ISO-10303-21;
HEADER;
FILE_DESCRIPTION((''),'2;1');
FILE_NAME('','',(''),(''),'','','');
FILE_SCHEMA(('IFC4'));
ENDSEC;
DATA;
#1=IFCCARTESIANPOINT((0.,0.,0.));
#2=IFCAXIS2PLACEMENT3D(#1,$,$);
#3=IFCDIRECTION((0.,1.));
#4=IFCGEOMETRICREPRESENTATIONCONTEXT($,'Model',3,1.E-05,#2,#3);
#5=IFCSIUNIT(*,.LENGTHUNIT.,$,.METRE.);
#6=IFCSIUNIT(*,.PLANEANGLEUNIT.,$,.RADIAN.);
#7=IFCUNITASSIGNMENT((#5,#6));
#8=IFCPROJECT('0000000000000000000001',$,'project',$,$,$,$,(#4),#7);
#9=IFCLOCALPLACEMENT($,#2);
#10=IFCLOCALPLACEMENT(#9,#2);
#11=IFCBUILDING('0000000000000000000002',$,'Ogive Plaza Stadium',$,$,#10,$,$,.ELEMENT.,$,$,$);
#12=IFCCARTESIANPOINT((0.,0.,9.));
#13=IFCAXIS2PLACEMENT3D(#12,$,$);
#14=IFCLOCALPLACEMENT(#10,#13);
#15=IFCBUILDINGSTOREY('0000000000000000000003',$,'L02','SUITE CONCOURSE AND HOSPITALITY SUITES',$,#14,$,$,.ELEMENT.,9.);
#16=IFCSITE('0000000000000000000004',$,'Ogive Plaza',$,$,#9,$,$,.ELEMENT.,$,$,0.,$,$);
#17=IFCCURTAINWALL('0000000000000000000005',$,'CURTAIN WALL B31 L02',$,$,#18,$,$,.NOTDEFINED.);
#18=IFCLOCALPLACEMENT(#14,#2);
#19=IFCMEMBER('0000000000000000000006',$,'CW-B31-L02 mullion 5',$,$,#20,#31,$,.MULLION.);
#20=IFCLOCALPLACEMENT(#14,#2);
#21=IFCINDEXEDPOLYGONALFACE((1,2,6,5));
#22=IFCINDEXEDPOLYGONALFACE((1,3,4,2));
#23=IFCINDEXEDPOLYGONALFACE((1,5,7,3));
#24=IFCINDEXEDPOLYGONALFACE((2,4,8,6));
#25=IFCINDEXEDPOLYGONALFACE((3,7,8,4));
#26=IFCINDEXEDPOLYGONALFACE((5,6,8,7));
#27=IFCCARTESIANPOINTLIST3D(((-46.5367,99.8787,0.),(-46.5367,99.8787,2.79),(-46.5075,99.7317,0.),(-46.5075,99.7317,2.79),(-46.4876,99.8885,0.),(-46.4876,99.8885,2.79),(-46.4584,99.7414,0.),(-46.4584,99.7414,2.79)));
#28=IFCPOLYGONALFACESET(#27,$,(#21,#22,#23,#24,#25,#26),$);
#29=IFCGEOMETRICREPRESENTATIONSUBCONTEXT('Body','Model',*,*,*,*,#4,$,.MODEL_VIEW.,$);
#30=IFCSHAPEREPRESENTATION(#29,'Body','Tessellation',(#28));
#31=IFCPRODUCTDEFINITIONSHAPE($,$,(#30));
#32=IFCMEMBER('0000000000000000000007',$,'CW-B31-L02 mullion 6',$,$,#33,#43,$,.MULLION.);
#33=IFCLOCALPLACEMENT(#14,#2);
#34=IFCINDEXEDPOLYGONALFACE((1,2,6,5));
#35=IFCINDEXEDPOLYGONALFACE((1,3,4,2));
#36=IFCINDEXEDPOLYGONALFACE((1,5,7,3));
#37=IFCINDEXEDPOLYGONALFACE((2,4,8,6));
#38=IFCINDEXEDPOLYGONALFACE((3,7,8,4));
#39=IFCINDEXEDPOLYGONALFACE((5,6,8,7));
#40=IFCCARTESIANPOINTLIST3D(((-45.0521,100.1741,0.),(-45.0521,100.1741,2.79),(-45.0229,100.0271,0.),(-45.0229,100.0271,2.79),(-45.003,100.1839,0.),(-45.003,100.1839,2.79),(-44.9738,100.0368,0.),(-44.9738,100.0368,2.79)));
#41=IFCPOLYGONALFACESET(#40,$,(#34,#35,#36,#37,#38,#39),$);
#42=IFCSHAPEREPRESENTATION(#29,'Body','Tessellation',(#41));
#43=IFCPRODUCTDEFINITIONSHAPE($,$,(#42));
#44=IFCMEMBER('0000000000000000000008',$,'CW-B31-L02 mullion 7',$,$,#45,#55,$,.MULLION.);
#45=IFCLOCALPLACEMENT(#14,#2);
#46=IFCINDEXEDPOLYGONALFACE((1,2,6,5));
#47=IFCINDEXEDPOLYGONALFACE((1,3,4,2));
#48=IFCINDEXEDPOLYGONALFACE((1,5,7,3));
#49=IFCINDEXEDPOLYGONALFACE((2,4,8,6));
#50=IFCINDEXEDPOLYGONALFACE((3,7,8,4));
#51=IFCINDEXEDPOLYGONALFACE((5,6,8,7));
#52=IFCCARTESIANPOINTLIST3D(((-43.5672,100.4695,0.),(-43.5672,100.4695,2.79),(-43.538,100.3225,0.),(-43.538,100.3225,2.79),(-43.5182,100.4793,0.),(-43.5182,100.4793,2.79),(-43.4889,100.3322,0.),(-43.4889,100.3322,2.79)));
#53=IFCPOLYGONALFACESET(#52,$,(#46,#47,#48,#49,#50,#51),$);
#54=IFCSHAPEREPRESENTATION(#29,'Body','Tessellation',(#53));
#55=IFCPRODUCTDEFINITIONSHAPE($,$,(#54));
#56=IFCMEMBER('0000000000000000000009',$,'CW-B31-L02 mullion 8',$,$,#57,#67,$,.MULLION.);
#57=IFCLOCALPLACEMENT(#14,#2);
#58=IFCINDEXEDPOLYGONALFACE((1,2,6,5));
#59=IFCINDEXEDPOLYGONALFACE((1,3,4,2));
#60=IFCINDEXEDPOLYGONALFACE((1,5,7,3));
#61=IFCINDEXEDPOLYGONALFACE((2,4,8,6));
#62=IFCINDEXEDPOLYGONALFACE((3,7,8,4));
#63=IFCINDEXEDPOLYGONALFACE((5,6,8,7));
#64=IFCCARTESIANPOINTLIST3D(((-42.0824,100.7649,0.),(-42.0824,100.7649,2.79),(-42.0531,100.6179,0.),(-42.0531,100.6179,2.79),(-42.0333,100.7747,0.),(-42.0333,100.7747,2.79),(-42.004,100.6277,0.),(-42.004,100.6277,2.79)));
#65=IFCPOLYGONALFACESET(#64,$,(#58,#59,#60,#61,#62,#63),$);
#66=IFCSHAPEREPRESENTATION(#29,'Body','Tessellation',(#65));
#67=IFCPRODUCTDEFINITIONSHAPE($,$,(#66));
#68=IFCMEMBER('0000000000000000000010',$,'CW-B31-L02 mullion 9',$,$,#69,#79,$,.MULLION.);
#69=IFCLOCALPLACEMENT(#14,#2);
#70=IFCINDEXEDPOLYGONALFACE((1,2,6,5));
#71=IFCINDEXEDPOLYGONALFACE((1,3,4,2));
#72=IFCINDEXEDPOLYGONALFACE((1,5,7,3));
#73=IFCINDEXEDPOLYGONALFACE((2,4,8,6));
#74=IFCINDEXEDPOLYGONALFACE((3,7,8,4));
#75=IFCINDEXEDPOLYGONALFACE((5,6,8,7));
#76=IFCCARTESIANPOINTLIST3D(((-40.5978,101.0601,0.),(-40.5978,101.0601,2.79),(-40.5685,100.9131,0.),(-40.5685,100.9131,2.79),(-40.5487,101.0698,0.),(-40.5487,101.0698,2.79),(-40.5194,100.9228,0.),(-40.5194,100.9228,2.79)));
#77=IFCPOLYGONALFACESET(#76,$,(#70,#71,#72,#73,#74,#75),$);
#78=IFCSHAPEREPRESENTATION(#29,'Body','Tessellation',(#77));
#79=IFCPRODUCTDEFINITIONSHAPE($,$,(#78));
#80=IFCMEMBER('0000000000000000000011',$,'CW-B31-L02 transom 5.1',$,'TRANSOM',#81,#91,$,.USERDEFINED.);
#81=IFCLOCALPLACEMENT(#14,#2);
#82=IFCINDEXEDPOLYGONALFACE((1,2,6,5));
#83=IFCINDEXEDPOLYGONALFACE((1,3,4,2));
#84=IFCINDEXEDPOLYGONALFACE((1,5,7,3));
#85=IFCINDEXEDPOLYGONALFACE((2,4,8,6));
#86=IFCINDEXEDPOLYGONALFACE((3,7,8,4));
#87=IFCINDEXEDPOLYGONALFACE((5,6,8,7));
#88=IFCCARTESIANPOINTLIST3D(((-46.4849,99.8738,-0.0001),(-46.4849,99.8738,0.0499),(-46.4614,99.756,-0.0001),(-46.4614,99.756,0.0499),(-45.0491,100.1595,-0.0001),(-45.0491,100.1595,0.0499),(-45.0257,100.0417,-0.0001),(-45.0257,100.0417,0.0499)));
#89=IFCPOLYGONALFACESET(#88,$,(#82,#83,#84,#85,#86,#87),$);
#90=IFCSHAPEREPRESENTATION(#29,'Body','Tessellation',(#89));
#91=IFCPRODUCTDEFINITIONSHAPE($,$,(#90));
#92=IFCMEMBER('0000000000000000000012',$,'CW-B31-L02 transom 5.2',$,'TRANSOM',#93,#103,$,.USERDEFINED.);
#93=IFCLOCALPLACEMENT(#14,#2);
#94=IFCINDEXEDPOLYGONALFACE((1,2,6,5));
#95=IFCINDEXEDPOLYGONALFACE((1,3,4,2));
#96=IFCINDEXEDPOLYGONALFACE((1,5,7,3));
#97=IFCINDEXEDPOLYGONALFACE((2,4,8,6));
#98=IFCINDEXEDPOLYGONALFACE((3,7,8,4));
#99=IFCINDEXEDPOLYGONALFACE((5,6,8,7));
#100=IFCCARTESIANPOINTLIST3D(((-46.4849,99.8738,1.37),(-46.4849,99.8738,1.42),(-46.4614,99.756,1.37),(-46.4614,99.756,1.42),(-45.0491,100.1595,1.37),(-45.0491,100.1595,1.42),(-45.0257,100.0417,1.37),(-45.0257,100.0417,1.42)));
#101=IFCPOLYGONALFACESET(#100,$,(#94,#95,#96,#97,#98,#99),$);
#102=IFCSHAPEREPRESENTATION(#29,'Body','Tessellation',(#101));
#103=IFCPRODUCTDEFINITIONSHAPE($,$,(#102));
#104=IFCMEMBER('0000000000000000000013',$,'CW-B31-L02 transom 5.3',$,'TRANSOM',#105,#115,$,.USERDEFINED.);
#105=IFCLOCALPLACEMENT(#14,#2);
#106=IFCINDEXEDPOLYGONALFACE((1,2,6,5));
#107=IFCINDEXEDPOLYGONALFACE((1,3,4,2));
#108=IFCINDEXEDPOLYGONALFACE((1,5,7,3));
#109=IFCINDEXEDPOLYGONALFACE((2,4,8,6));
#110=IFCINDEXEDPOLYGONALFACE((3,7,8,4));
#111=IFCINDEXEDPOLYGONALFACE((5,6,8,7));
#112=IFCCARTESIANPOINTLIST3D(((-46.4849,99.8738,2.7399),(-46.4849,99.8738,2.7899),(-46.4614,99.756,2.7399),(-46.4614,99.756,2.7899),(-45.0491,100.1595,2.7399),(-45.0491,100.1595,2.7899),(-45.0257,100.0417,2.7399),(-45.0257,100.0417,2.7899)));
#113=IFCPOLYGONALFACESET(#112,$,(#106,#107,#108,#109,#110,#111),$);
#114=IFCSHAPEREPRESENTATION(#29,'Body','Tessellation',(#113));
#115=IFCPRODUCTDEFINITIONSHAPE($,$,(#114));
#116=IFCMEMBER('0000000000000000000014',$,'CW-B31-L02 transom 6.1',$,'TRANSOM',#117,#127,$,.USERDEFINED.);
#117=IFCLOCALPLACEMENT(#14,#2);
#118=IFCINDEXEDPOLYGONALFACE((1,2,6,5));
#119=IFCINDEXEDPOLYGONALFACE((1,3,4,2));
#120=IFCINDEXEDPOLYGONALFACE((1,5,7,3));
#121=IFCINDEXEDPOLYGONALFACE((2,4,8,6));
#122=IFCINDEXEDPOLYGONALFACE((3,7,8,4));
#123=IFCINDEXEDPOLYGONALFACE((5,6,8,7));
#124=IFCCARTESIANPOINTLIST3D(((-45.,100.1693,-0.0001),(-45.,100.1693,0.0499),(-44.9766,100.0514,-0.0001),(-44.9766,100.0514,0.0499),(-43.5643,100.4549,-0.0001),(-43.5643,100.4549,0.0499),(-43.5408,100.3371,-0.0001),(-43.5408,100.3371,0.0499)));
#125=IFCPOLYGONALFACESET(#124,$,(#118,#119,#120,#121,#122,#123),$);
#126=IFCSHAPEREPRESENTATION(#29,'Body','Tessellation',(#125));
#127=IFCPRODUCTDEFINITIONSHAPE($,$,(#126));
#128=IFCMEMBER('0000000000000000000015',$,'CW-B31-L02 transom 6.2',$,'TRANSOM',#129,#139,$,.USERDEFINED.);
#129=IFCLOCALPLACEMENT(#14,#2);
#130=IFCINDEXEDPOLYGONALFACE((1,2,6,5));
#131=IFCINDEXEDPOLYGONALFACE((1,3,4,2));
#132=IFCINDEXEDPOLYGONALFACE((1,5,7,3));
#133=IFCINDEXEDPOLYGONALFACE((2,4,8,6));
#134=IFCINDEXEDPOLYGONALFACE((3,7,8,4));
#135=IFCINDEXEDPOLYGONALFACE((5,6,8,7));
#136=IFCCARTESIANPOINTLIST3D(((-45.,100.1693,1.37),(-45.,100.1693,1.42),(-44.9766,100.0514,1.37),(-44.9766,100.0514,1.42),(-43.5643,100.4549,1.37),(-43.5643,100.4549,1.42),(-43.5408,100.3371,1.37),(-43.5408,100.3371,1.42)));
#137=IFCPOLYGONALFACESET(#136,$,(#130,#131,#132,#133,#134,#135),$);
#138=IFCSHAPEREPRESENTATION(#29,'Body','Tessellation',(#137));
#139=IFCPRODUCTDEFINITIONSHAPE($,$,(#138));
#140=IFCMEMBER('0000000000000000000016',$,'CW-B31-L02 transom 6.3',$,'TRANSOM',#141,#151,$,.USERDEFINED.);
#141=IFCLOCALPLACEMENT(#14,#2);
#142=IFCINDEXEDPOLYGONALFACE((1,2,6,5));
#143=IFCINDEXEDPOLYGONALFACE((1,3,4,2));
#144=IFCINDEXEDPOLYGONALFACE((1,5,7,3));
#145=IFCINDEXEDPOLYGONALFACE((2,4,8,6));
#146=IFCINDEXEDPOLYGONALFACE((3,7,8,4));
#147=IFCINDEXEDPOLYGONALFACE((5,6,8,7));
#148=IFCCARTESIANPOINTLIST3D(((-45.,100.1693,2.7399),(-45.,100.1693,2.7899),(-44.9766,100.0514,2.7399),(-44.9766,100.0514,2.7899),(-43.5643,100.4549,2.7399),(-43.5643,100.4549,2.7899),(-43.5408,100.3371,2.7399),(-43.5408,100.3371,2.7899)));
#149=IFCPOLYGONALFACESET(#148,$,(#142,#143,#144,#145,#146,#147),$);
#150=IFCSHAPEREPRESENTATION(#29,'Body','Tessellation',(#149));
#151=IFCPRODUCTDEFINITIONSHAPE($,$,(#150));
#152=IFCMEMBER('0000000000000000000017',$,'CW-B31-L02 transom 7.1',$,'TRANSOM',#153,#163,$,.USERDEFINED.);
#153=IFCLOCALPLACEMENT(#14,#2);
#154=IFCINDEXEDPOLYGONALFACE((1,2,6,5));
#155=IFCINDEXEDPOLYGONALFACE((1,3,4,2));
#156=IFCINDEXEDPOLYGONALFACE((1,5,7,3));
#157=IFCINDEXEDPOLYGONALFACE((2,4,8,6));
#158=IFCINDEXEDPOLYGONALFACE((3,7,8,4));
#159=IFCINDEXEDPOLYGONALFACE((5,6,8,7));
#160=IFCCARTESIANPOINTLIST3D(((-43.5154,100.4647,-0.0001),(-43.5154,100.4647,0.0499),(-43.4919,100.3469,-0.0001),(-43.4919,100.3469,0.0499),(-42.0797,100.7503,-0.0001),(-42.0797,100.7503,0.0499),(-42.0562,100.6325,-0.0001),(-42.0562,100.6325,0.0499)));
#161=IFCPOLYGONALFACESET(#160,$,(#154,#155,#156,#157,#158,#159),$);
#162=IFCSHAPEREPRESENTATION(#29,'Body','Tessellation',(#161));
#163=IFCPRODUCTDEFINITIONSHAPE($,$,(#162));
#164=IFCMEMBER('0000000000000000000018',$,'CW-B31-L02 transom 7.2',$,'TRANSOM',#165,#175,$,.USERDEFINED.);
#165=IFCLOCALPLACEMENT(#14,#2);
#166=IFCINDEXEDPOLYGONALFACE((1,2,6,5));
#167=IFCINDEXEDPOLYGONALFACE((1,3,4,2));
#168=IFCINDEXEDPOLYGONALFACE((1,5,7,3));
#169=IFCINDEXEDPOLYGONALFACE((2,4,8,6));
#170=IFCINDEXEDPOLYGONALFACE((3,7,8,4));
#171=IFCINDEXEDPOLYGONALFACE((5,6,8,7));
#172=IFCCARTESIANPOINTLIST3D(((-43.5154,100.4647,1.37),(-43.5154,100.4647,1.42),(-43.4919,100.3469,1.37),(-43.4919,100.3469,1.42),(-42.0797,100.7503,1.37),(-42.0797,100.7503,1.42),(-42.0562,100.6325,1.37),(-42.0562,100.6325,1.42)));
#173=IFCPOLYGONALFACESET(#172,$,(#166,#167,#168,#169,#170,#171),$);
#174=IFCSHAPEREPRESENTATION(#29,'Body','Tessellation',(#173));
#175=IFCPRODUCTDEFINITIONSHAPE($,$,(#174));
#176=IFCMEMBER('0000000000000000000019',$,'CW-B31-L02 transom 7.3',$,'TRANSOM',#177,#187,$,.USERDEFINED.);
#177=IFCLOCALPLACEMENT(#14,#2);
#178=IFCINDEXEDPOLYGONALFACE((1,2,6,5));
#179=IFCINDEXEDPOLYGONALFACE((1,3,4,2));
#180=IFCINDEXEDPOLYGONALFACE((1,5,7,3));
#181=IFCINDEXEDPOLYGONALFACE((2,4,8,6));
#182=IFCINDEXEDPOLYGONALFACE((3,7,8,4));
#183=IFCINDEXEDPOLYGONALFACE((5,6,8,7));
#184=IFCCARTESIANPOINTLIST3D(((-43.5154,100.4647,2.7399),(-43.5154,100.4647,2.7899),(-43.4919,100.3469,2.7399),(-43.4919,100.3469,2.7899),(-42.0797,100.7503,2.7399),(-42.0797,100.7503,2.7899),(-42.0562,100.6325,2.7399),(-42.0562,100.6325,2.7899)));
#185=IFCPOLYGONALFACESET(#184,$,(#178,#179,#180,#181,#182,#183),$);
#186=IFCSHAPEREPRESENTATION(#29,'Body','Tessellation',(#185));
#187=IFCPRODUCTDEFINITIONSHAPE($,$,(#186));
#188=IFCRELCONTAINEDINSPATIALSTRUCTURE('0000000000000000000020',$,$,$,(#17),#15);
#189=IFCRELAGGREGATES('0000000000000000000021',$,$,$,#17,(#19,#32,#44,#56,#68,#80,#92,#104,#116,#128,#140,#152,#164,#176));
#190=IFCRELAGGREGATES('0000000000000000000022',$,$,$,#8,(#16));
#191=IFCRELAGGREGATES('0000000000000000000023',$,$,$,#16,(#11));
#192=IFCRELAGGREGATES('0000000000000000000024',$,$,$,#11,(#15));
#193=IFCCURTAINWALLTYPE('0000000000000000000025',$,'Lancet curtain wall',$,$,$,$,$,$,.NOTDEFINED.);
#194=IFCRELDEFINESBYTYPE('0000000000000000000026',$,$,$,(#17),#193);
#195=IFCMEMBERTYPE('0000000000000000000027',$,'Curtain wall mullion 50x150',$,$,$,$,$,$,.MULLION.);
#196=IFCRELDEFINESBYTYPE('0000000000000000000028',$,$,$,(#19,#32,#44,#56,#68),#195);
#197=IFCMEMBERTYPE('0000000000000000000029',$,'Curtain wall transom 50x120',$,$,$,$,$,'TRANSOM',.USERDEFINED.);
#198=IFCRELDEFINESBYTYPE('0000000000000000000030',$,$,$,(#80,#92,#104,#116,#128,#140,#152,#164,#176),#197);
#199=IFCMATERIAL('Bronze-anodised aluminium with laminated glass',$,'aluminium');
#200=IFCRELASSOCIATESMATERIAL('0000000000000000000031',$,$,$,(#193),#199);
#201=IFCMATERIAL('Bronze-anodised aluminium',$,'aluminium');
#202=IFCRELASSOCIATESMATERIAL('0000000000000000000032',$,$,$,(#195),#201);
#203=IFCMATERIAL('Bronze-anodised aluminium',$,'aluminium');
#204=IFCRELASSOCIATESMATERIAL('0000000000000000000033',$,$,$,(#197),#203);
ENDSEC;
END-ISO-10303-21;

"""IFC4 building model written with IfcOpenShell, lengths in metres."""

from ifc_helpers import new_model, si_unit, direction, frame, origin, origin_2d, place, context, subcontext, project, spatial, rectangle, extrude, material, material_profile, profile_set, type_object, element, aggregate, save


model = new_model("IFC4")

# Units and contexts
model_context = context("Model", 3, precision=1e-05, world=origin(), true_north=direction((0.0, 1.0)))
body_context = subcontext(model_context, "Body", "Model", "MODEL_VIEW")
ifc_project = project(units=[si_unit("LENGTHUNIT", "METRE"), si_unit("PLANEANGLEUNIT", "RADIAN")], contexts=[model_context])

# Site, building, storey
site_placement = place(None, origin())
site = spatial("IfcSite", under=ifc_project, at=site_placement, Name="Ogive Plaza", CompositionType="ELEMENT", RefElevation=0.0)
building_placement = place(site_placement, origin())
building = spatial("IfcBuilding", under=site, at=building_placement, Name="Ogive Plaza Stadium", CompositionType="ELEMENT")
storey_placement = place(building_placement, frame((0.0, 0.0, 9.0)))
storey = spatial("IfcBuildingStorey", under=building, at=storey_placement, Name="L02", Description="SUITE CONCOURSE AND HOSPITALITY SUITES", CompositionType="ELEMENT", Elevation=9.0)

# Curtain wall, members
ifc_material_1 = material(Name="Bronze-anodised aluminium with laminated glass", Category="aluminium")
curtain_wall_type = type_object("IfcCurtainWallType", Name="Lancet curtain wall", PredefinedType="NOTDEFINED", material=ifc_material_1)
curtain_wall_placement = place(storey_placement, origin())
curtain_wall = element("IfcCurtainWall", 1, at=curtain_wall_placement, inside=storey, type_object=curtain_wall_type, Name="CURTAIN WALL B31 L02", PredefinedType="NOTDEFINED")
ifc_material_2 = material(Name="Bronze-anodised aluminium", Category="aluminium")
ifc_material_profile_1 = material_profile(ifc_material_2, rectangle(XDim=0.1499, YDim=0.05, at=origin_2d()), Name="AL 150x50")
ifc_profile_set_1 = profile_set([ifc_material_profile_1], Name="Bronze-anodised aluminium")
member_type_1 = type_object("IfcMemberType", Name="Curtain wall mullion 50x150", PredefinedType="MULLION", material=ifc_profile_set_1)
member_1_placement = place(storey_placement, frame((-46.4976, 99.8101, 0.0), z_axis=(0.0, 0.0, 1.0), x_axis=(-0.19509, 0.980785, 0.0)))
member_1 = element("IfcMember", 2, at=member_1_placement, type_object=member_type_1, Name="CW-B31-L02 mullion 5", PredefinedType="MULLION", context=body_context, shape_type="SweptSolid", body=[
    extrude(rectangle(XDim=0.1499, YDim=0.05, at=origin_2d()), origin(), (0.0, 0.0, 1.0), 2.79),
])
member_2_placement = place(storey_placement, frame((-45.0129, 100.1055, 0.0), z_axis=(0.0, 0.0, 1.0), x_axis=(-0.19509, 0.980785, 0.0)))
member_2 = element("IfcMember", 3, at=member_2_placement, type_object=member_type_1, Name="CW-B31-L02 mullion 6", PredefinedType="MULLION", context=body_context, shape_type="SweptSolid", body=[
    extrude(rectangle(XDim=0.1499, YDim=0.05, at=origin_2d()), origin(), (0.0, 0.0, 1.0), 2.79),
])
member_3_placement = place(storey_placement, frame((-43.5281, 100.4009, 0.0), z_axis=(0.0, 0.0, 1.0), x_axis=(-0.19509, 0.980785, 0.0)))
member_3 = element("IfcMember", 4, at=member_3_placement, type_object=member_type_1, Name="CW-B31-L02 mullion 7", PredefinedType="MULLION", context=body_context, shape_type="SweptSolid", body=[
    extrude(rectangle(XDim=0.1499, YDim=0.05, at=origin_2d()), origin(), (0.0, 0.0, 1.0), 2.79),
])
member_4_placement = place(storey_placement, frame((-42.0432, 100.6963, 0.0), z_axis=(0.0, 0.0, 1.0), x_axis=(-0.19509, 0.980785, 0.0)))
member_4 = element("IfcMember", 5, at=member_4_placement, type_object=member_type_1, Name="CW-B31-L02 mullion 8", PredefinedType="MULLION", context=body_context, shape_type="SweptSolid", body=[
    extrude(rectangle(XDim=0.1499, YDim=0.05, at=origin_2d()), origin(), (0.0, 0.0, 1.0), 2.79),
])
member_5_placement = place(storey_placement, frame((-40.5586, 100.9915, 0.0), z_axis=(0.0, 0.0, 1.0), x_axis=(-0.19509, 0.980785, 0.0)))
member_5 = element("IfcMember", 6, at=member_5_placement, type_object=member_type_1, Name="CW-B31-L02 mullion 9", PredefinedType="MULLION", context=body_context, shape_type="SweptSolid", body=[
    extrude(rectangle(XDim=0.1499, YDim=0.05, at=origin_2d()), origin(), (0.0, 0.0, 1.0), 2.79),
])
ifc_material_3 = material(Name="Bronze-anodised aluminium", Category="aluminium")
ifc_material_profile_2 = material_profile(ifc_material_3, rectangle(XDim=0.1201, YDim=0.05, at=origin_2d()), Name="AL 120x50")
ifc_profile_set_2 = profile_set([ifc_material_profile_2], Name="Bronze-anodised aluminium")
member_type_2 = type_object("IfcMemberType", Name="Curtain wall transom 50x120", ElementType="TRANSOM", PredefinedType="USERDEFINED", material=ifc_profile_set_2)
member_6_placement = place(storey_placement, frame((-46.4731, 99.8149, 0.0249), z_axis=(0.980779, 0.195122, 0.0), x_axis=(-0.195122, 0.980779, 0.0)))
member_6 = element("IfcMember", 7, at=member_6_placement, type_object=member_type_2, Name="CW-B31-L02 transom 5.1", ObjectType="TRANSOM", PredefinedType="USERDEFINED", context=body_context, shape_type="SweptSolid", body=[
    extrude(rectangle(XDim=0.1201, YDim=0.05, at=origin_2d()), origin(), (0.0, 0.0, 1.0), 1.4639),
])
member_7_placement = place(storey_placement, frame((-46.4731, 99.8149, 1.395), z_axis=(0.980779, 0.195122, 0.0), x_axis=(-0.195122, 0.980779, 0.0)))
member_7 = element("IfcMember", 8, at=member_7_placement, type_object=member_type_2, Name="CW-B31-L02 transom 5.2", ObjectType="TRANSOM", PredefinedType="USERDEFINED", context=body_context, shape_type="SweptSolid", body=[
    extrude(rectangle(XDim=0.1201, YDim=0.05, at=origin_2d()), origin(), (0.0, 0.0, 1.0), 1.4639),
])
member_8_placement = place(storey_placement, frame((-46.4731, 99.8149, 2.7649), z_axis=(0.980779, 0.195122, 0.0), x_axis=(-0.195122, 0.980779, 0.0)))
member_8 = element("IfcMember", 9, at=member_8_placement, type_object=member_type_2, Name="CW-B31-L02 transom 5.3", ObjectType="TRANSOM", PredefinedType="USERDEFINED", context=body_context, shape_type="SweptSolid", body=[
    extrude(rectangle(XDim=0.1201, YDim=0.05, at=origin_2d()), origin(), (0.0, 0.0, 1.0), 1.4639),
])
member_9_placement = place(storey_placement, frame((-44.9883, 100.1104, 0.0249), z_axis=(0.980779, 0.195122, 0.0), x_axis=(-0.195122, 0.980779, 0.0)))
member_9 = element("IfcMember", 10, at=member_9_placement, type_object=member_type_2, Name="CW-B31-L02 transom 6.1", ObjectType="TRANSOM", PredefinedType="USERDEFINED", context=body_context, shape_type="SweptSolid", body=[
    extrude(rectangle(XDim=0.1201, YDim=0.05, at=origin_2d()), origin(), (0.0, 0.0, 1.0), 1.4639),
])
member_10_placement = place(storey_placement, frame((-44.9883, 100.1104, 1.395), z_axis=(0.980779, 0.195122, 0.0), x_axis=(-0.195122, 0.980779, 0.0)))
member_10 = element("IfcMember", 11, at=member_10_placement, type_object=member_type_2, Name="CW-B31-L02 transom 6.2", ObjectType="TRANSOM", PredefinedType="USERDEFINED", context=body_context, shape_type="SweptSolid", body=[
    extrude(rectangle(XDim=0.1201, YDim=0.05, at=origin_2d()), origin(), (0.0, 0.0, 1.0), 1.4639),
])
member_11_placement = place(storey_placement, frame((-44.9883, 100.1104, 2.7649), z_axis=(0.980779, 0.195122, 0.0), x_axis=(-0.195122, 0.980779, 0.0)))
member_11 = element("IfcMember", 12, at=member_11_placement, type_object=member_type_2, Name="CW-B31-L02 transom 6.3", ObjectType="TRANSOM", PredefinedType="USERDEFINED", context=body_context, shape_type="SweptSolid", body=[
    extrude(rectangle(XDim=0.1201, YDim=0.05, at=origin_2d()), origin(), (0.0, 0.0, 1.0), 1.4639),
])
member_12_placement = place(storey_placement, frame((-43.5037, 100.4058, 0.0249), z_axis=(0.980779, 0.195122, 0.0), x_axis=(-0.195122, 0.980779, 0.0)))
member_12 = element("IfcMember", 13, at=member_12_placement, type_object=member_type_2, Name="CW-B31-L02 transom 7.1", ObjectType="TRANSOM", PredefinedType="USERDEFINED", context=body_context, shape_type="SweptSolid", body=[
    extrude(rectangle(XDim=0.1201, YDim=0.05, at=origin_2d()), origin(), (0.0, 0.0, 1.0), 1.4639),
])
member_13_placement = place(storey_placement, frame((-43.5037, 100.4058, 1.395), z_axis=(0.980779, 0.195122, 0.0), x_axis=(-0.195122, 0.980779, 0.0)))
member_13 = element("IfcMember", 14, at=member_13_placement, type_object=member_type_2, Name="CW-B31-L02 transom 7.2", ObjectType="TRANSOM", PredefinedType="USERDEFINED", context=body_context, shape_type="SweptSolid", body=[
    extrude(rectangle(XDim=0.1201, YDim=0.05, at=origin_2d()), origin(), (0.0, 0.0, 1.0), 1.4639),
])
member_14_placement = place(storey_placement, frame((-43.5037, 100.4058, 2.7649), z_axis=(0.980779, 0.195122, 0.0), x_axis=(-0.195122, 0.980779, 0.0)))
member_14 = element("IfcMember", 15, at=member_14_placement, type_object=member_type_2, Name="CW-B31-L02 transom 7.3", ObjectType="TRANSOM", PredefinedType="USERDEFINED", context=body_context, shape_type="SweptSolid", body=[
    extrude(rectangle(XDim=0.1201, YDim=0.05, at=origin_2d()), origin(), (0.0, 0.0, 1.0), 1.4639),
])
aggregate(curtain_wall, [member_1, member_2, member_3, member_4, member_5, member_6, member_7, member_8, member_9, member_10, member_11, member_12, member_13, member_14])

save(model, "model.ifc")
